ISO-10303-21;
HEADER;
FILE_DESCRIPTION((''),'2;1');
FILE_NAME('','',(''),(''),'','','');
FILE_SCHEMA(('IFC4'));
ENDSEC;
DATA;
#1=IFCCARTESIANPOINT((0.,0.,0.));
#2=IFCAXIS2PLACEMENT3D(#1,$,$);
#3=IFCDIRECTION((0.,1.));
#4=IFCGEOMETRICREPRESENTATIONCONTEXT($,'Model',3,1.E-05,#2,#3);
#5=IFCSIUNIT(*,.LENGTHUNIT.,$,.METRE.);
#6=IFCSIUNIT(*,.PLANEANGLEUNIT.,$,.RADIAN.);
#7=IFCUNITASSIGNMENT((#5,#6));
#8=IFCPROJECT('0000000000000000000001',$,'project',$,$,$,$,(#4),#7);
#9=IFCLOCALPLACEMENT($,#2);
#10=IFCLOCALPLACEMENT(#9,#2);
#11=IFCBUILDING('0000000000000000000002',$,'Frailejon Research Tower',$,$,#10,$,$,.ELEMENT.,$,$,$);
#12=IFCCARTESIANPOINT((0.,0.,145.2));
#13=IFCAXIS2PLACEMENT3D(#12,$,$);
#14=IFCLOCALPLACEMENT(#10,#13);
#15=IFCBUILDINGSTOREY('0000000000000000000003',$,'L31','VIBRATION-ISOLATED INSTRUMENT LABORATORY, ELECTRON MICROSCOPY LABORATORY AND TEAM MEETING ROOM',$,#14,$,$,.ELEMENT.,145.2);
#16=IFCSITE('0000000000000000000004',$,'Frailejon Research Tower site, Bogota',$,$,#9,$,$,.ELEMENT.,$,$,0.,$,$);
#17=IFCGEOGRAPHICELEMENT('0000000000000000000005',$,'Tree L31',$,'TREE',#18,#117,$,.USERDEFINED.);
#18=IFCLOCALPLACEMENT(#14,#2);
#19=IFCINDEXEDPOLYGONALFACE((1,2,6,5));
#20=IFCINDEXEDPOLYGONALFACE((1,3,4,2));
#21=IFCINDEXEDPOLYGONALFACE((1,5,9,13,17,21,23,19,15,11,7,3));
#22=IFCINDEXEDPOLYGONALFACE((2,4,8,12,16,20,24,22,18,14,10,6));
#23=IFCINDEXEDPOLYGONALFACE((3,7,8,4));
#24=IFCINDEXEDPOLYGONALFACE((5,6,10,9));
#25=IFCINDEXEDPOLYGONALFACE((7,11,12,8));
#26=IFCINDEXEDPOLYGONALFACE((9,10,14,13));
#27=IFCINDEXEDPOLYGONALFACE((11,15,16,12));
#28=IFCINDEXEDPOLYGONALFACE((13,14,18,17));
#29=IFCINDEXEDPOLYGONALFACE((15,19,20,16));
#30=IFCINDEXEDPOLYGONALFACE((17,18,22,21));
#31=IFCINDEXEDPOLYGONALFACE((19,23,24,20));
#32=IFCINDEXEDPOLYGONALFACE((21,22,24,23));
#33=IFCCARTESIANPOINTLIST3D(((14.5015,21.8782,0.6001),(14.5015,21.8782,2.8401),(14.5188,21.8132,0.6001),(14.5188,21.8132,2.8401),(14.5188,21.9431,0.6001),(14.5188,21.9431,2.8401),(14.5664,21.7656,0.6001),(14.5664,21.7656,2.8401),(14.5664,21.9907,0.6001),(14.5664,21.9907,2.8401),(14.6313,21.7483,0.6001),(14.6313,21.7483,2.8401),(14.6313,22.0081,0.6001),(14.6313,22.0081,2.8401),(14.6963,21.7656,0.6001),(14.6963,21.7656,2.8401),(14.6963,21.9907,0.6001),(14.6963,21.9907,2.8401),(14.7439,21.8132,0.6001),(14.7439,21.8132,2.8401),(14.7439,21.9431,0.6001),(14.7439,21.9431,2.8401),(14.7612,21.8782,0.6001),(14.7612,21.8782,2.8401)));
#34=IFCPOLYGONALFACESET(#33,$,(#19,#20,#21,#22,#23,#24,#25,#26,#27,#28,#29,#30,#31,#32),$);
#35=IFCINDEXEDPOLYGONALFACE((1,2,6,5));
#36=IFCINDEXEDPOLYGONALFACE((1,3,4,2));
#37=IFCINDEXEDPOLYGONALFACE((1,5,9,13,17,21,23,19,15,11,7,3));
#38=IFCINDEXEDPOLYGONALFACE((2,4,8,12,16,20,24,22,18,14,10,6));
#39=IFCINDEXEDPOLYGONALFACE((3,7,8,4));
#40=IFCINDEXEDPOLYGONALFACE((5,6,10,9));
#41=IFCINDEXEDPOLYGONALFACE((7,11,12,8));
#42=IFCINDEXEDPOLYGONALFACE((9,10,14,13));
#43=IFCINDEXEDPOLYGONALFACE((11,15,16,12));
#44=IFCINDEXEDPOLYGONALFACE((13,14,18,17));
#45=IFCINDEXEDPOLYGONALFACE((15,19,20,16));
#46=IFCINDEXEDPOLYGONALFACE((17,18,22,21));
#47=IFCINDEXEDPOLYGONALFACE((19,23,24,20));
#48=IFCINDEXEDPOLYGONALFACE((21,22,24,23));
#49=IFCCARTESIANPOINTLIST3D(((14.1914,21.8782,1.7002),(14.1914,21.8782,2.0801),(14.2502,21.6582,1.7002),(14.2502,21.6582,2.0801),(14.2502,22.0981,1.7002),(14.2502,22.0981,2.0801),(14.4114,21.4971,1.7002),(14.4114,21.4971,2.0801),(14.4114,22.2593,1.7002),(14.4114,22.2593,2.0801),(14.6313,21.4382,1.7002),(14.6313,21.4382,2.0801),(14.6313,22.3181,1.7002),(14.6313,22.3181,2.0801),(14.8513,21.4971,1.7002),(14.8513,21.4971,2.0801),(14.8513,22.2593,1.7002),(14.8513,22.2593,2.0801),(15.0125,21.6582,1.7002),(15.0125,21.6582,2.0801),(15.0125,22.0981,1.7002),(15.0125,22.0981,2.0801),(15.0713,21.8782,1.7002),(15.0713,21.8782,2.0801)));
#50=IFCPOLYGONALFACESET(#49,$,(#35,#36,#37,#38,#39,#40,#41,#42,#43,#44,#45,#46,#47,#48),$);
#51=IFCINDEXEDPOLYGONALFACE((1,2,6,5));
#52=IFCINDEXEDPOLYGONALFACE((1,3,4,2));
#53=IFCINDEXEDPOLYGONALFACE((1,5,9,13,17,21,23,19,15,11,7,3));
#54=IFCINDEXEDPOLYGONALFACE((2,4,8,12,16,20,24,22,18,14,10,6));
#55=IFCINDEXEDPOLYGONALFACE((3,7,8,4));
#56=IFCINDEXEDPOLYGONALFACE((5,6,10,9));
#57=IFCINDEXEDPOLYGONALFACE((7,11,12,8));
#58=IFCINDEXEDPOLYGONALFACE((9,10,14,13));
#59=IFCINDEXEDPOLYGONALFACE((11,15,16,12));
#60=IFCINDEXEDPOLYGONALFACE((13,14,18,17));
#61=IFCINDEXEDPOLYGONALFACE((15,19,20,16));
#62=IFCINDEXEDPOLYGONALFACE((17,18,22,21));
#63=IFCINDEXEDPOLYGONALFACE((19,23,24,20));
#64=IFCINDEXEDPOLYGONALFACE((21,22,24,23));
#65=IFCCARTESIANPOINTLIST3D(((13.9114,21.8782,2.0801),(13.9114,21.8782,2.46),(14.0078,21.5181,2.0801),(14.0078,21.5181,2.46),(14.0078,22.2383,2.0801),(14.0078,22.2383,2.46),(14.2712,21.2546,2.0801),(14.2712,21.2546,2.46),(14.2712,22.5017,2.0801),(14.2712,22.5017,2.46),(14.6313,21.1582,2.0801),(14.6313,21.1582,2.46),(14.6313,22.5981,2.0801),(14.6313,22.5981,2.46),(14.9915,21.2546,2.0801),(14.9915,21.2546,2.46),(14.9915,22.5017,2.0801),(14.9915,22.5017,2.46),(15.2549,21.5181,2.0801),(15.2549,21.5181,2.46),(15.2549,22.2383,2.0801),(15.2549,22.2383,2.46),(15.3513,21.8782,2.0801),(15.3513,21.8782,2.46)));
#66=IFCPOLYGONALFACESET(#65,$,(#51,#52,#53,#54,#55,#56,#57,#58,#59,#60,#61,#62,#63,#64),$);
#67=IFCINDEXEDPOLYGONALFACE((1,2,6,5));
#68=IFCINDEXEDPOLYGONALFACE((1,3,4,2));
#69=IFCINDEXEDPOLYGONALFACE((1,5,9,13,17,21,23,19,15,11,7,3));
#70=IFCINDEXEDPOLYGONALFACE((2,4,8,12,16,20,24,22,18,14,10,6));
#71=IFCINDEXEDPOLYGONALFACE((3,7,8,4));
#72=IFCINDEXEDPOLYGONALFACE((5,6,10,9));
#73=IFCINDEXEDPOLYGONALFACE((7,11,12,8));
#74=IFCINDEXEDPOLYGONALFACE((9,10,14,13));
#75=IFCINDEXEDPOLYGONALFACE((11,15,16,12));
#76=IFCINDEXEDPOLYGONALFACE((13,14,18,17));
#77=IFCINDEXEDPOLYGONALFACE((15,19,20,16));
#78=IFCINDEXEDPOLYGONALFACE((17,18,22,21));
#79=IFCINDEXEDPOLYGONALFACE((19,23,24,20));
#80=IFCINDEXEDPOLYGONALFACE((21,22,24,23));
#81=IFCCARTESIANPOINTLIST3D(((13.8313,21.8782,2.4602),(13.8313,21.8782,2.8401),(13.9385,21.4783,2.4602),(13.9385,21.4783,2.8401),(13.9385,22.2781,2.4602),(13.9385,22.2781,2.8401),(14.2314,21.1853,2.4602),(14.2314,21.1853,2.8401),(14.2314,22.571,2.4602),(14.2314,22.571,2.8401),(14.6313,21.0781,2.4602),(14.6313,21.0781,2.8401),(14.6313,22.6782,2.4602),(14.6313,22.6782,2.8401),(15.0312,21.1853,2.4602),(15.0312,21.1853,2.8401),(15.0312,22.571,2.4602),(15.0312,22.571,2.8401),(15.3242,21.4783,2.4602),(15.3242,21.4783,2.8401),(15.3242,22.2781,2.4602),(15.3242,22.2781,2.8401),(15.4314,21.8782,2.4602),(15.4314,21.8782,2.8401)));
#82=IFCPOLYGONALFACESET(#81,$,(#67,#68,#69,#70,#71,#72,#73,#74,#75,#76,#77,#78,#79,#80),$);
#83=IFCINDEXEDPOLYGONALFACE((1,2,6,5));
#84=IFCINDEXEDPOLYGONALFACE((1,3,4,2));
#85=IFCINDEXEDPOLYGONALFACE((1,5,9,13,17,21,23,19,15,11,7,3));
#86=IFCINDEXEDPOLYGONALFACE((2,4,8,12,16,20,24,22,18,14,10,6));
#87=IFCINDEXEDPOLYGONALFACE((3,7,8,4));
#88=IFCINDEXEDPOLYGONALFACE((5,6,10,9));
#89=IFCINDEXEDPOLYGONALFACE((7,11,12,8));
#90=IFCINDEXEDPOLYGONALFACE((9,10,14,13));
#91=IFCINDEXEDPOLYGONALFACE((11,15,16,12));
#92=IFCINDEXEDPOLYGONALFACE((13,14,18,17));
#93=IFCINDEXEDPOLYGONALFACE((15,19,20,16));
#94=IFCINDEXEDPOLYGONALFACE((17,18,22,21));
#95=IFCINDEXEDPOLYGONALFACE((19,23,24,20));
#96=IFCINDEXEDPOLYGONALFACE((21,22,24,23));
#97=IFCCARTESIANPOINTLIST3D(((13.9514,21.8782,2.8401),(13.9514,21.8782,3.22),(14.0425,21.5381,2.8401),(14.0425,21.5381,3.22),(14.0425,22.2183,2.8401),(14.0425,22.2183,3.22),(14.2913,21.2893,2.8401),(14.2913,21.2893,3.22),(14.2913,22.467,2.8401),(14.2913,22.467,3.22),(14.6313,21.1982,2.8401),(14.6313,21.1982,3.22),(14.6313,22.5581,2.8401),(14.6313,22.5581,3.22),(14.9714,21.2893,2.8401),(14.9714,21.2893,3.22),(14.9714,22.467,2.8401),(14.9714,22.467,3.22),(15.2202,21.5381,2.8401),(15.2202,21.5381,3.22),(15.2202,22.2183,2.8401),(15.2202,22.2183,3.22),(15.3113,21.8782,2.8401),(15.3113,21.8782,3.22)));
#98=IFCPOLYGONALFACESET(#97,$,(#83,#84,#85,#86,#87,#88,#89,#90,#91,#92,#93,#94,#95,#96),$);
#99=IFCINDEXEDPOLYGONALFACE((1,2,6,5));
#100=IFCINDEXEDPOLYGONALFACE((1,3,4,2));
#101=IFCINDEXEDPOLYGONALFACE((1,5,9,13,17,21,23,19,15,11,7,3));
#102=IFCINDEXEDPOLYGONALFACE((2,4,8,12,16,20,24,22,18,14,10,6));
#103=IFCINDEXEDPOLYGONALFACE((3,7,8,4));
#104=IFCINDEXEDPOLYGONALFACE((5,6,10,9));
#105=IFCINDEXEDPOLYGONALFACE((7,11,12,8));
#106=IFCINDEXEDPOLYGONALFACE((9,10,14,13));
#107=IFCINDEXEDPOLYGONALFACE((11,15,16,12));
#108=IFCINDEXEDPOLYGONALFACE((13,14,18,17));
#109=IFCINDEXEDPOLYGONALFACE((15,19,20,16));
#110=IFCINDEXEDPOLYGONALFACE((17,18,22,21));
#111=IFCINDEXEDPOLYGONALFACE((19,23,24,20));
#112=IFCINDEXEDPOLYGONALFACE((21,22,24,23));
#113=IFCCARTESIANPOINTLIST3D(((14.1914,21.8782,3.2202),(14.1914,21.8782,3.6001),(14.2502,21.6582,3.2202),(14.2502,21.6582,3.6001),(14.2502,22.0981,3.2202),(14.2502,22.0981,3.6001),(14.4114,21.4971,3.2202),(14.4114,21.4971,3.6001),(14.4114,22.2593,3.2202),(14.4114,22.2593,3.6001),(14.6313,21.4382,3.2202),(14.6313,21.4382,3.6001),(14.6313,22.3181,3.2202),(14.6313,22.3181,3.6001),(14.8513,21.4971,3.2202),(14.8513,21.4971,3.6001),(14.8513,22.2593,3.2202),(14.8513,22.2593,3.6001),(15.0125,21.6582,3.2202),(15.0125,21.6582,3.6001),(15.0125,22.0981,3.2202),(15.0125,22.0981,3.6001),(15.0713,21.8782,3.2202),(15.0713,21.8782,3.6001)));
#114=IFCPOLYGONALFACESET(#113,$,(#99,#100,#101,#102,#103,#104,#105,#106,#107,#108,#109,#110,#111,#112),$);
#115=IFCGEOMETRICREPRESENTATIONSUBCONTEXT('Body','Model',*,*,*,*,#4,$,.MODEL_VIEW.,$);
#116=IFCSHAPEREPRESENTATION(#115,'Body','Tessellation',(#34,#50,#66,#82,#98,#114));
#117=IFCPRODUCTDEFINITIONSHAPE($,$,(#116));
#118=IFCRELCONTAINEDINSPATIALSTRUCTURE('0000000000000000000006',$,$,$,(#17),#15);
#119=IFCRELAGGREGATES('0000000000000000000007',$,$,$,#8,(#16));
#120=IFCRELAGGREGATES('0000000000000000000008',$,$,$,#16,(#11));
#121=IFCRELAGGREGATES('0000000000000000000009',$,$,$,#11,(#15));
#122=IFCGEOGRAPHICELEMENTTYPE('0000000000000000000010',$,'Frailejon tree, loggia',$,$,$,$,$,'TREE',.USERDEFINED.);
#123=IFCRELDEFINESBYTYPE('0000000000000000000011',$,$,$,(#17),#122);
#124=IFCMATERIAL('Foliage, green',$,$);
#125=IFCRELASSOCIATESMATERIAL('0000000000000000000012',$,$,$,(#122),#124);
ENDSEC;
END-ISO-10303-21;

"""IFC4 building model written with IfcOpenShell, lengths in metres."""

from ifc_helpers import new_model, si_unit, direction, frame, origin, place, context, subcontext, project, spatial, polyline, outline, extrude, material, type_object, element, save


model = new_model("IFC4")

# Units and contexts
model_context = context("Model", 3, precision=1e-05, world=origin(), true_north=direction((0.0, 1.0)))
body_context = subcontext(model_context, "Body", "Model", "MODEL_VIEW")
ifc_project = project(units=[si_unit("LENGTHUNIT", "METRE"), si_unit("PLANEANGLEUNIT", "RADIAN")], contexts=[model_context])

# Site, building, storey
site_placement = place(None, origin())
site = spatial("IfcSite", under=ifc_project, at=site_placement, Name="Frailejon Research Tower site, Bogota", CompositionType="ELEMENT", RefElevation=0.0)
building_placement = place(site_placement, origin())
building = spatial("IfcBuilding", under=site, at=building_placement, Name="Frailejon Research Tower", CompositionType="ELEMENT")
storey_placement = place(building_placement, frame((0.0, 0.0, 145.2)))
storey = spatial("IfcBuildingStorey", under=building, at=storey_placement, Name="L31", Description="VIBRATION-ISOLATED INSTRUMENT LABORATORY, ELECTRON MICROSCOPY LABORATORY AND TEAM MEETING ROOM", CompositionType="ELEMENT", Elevation=145.2)

# Geographic element
ifc_material_1 = material(Name="Foliage, green")
geographic_element_type = type_object("IfcGeographicElementType", Name="Frailejon tree, loggia", ElementType="TREE", PredefinedType="USERDEFINED", material=ifc_material_1)
geographic_element_placement = place(storey_placement, frame((14.6313, 21.8782, 0.6001)))
element("IfcGeographicElement", 1, at=geographic_element_placement, inside=storey, type_object=geographic_element_type, Name="Tree L31", ObjectType="TREE", PredefinedType="USERDEFINED", context=body_context, shape_type="SweptSolid", body=[
    extrude(outline(polyline([(0.1299, 0.0), (0.1125, 0.0649), (0.0649, 0.1125), (0.0, 0.1299), (-0.0649, 0.1125), (-0.1125, 0.0649), (-0.1299, 0.0), (-0.1125, -0.0649), (-0.0649, -0.1125), (0.0, -0.1299), (0.0649, -0.1125), (0.1125, -0.0649), (0.1299, 0.0)])), origin(), (0.0, 0.0, 1.0), 2.24),
    extrude(outline(polyline([(0.4399, 0.0), (0.3811, 0.22), (0.22, 0.3811), (0.0, 0.4399), (-0.22, 0.3811), (-0.3811, 0.22), (-0.4399, 0.0), (-0.3811, -0.22), (-0.22, -0.3811), (0.0, -0.4399), (0.22, -0.3811), (0.3811, -0.22), (0.4399, 0.0)])), frame((0.0, 0.0, 1.1001)), (0.0, 0.0, 1.0), 0.3799),
    extrude(outline(polyline([(0.72, 0.0), (0.6235, 0.3601), (0.3601, 0.6235), (0.0, 0.72), (-0.3601, 0.6235), (-0.6235, 0.3601), (-0.72, 0.0), (-0.6235, -0.3601), (-0.3601, -0.6235), (0.0, -0.72), (0.3601, -0.6235), (0.6235, -0.3601), (0.72, 0.0)])), frame((0.0, 0.0, 1.48)), (0.0, 0.0, 1.0), 0.3799),
    extrude(outline(polyline([(0.8, 0.0), (0.6929, 0.3999), (0.3999, 0.6929), (0.0, 0.8), (-0.3999, 0.6929), (-0.6929, 0.3999), (-0.8, 0.0), (-0.6929, -0.3999), (-0.3999, -0.6929), (0.0, -0.8), (0.3999, -0.6929), (0.6929, -0.3999), (0.8, 0.0)])), frame((0.0, 0.0, 1.8601)), (0.0, 0.0, 1.0), 0.3799),
    extrude(outline(polyline([(0.6799, 0.0), (0.5889, 0.3401), (0.3401, 0.5889), (0.0, 0.6799), (-0.3401, 0.5889), (-0.5889, 0.3401), (-0.6799, 0.0), (-0.5889, -0.3401), (-0.3401, -0.5889), (0.0, -0.6799), (0.3401, -0.5889), (0.5889, -0.3401), (0.6799, 0.0)])), frame((0.0, 0.0, 2.24)), (0.0, 0.0, 1.0), 0.3799),
    extrude(outline(polyline([(0.4399, 0.0), (0.3811, 0.22), (0.22, 0.3811), (0.0, 0.4399), (-0.22, 0.3811), (-0.3811, 0.22), (-0.4399, 0.0), (-0.3811, -0.22), (-0.22, -0.3811), (0.0, -0.4399), (0.22, -0.3811), (0.3811, -0.22), (0.4399, 0.0)])), frame((0.0, 0.0, 2.6201)), (0.0, 0.0, 1.0), 0.3799),
])

save(model, "model.ifc")
